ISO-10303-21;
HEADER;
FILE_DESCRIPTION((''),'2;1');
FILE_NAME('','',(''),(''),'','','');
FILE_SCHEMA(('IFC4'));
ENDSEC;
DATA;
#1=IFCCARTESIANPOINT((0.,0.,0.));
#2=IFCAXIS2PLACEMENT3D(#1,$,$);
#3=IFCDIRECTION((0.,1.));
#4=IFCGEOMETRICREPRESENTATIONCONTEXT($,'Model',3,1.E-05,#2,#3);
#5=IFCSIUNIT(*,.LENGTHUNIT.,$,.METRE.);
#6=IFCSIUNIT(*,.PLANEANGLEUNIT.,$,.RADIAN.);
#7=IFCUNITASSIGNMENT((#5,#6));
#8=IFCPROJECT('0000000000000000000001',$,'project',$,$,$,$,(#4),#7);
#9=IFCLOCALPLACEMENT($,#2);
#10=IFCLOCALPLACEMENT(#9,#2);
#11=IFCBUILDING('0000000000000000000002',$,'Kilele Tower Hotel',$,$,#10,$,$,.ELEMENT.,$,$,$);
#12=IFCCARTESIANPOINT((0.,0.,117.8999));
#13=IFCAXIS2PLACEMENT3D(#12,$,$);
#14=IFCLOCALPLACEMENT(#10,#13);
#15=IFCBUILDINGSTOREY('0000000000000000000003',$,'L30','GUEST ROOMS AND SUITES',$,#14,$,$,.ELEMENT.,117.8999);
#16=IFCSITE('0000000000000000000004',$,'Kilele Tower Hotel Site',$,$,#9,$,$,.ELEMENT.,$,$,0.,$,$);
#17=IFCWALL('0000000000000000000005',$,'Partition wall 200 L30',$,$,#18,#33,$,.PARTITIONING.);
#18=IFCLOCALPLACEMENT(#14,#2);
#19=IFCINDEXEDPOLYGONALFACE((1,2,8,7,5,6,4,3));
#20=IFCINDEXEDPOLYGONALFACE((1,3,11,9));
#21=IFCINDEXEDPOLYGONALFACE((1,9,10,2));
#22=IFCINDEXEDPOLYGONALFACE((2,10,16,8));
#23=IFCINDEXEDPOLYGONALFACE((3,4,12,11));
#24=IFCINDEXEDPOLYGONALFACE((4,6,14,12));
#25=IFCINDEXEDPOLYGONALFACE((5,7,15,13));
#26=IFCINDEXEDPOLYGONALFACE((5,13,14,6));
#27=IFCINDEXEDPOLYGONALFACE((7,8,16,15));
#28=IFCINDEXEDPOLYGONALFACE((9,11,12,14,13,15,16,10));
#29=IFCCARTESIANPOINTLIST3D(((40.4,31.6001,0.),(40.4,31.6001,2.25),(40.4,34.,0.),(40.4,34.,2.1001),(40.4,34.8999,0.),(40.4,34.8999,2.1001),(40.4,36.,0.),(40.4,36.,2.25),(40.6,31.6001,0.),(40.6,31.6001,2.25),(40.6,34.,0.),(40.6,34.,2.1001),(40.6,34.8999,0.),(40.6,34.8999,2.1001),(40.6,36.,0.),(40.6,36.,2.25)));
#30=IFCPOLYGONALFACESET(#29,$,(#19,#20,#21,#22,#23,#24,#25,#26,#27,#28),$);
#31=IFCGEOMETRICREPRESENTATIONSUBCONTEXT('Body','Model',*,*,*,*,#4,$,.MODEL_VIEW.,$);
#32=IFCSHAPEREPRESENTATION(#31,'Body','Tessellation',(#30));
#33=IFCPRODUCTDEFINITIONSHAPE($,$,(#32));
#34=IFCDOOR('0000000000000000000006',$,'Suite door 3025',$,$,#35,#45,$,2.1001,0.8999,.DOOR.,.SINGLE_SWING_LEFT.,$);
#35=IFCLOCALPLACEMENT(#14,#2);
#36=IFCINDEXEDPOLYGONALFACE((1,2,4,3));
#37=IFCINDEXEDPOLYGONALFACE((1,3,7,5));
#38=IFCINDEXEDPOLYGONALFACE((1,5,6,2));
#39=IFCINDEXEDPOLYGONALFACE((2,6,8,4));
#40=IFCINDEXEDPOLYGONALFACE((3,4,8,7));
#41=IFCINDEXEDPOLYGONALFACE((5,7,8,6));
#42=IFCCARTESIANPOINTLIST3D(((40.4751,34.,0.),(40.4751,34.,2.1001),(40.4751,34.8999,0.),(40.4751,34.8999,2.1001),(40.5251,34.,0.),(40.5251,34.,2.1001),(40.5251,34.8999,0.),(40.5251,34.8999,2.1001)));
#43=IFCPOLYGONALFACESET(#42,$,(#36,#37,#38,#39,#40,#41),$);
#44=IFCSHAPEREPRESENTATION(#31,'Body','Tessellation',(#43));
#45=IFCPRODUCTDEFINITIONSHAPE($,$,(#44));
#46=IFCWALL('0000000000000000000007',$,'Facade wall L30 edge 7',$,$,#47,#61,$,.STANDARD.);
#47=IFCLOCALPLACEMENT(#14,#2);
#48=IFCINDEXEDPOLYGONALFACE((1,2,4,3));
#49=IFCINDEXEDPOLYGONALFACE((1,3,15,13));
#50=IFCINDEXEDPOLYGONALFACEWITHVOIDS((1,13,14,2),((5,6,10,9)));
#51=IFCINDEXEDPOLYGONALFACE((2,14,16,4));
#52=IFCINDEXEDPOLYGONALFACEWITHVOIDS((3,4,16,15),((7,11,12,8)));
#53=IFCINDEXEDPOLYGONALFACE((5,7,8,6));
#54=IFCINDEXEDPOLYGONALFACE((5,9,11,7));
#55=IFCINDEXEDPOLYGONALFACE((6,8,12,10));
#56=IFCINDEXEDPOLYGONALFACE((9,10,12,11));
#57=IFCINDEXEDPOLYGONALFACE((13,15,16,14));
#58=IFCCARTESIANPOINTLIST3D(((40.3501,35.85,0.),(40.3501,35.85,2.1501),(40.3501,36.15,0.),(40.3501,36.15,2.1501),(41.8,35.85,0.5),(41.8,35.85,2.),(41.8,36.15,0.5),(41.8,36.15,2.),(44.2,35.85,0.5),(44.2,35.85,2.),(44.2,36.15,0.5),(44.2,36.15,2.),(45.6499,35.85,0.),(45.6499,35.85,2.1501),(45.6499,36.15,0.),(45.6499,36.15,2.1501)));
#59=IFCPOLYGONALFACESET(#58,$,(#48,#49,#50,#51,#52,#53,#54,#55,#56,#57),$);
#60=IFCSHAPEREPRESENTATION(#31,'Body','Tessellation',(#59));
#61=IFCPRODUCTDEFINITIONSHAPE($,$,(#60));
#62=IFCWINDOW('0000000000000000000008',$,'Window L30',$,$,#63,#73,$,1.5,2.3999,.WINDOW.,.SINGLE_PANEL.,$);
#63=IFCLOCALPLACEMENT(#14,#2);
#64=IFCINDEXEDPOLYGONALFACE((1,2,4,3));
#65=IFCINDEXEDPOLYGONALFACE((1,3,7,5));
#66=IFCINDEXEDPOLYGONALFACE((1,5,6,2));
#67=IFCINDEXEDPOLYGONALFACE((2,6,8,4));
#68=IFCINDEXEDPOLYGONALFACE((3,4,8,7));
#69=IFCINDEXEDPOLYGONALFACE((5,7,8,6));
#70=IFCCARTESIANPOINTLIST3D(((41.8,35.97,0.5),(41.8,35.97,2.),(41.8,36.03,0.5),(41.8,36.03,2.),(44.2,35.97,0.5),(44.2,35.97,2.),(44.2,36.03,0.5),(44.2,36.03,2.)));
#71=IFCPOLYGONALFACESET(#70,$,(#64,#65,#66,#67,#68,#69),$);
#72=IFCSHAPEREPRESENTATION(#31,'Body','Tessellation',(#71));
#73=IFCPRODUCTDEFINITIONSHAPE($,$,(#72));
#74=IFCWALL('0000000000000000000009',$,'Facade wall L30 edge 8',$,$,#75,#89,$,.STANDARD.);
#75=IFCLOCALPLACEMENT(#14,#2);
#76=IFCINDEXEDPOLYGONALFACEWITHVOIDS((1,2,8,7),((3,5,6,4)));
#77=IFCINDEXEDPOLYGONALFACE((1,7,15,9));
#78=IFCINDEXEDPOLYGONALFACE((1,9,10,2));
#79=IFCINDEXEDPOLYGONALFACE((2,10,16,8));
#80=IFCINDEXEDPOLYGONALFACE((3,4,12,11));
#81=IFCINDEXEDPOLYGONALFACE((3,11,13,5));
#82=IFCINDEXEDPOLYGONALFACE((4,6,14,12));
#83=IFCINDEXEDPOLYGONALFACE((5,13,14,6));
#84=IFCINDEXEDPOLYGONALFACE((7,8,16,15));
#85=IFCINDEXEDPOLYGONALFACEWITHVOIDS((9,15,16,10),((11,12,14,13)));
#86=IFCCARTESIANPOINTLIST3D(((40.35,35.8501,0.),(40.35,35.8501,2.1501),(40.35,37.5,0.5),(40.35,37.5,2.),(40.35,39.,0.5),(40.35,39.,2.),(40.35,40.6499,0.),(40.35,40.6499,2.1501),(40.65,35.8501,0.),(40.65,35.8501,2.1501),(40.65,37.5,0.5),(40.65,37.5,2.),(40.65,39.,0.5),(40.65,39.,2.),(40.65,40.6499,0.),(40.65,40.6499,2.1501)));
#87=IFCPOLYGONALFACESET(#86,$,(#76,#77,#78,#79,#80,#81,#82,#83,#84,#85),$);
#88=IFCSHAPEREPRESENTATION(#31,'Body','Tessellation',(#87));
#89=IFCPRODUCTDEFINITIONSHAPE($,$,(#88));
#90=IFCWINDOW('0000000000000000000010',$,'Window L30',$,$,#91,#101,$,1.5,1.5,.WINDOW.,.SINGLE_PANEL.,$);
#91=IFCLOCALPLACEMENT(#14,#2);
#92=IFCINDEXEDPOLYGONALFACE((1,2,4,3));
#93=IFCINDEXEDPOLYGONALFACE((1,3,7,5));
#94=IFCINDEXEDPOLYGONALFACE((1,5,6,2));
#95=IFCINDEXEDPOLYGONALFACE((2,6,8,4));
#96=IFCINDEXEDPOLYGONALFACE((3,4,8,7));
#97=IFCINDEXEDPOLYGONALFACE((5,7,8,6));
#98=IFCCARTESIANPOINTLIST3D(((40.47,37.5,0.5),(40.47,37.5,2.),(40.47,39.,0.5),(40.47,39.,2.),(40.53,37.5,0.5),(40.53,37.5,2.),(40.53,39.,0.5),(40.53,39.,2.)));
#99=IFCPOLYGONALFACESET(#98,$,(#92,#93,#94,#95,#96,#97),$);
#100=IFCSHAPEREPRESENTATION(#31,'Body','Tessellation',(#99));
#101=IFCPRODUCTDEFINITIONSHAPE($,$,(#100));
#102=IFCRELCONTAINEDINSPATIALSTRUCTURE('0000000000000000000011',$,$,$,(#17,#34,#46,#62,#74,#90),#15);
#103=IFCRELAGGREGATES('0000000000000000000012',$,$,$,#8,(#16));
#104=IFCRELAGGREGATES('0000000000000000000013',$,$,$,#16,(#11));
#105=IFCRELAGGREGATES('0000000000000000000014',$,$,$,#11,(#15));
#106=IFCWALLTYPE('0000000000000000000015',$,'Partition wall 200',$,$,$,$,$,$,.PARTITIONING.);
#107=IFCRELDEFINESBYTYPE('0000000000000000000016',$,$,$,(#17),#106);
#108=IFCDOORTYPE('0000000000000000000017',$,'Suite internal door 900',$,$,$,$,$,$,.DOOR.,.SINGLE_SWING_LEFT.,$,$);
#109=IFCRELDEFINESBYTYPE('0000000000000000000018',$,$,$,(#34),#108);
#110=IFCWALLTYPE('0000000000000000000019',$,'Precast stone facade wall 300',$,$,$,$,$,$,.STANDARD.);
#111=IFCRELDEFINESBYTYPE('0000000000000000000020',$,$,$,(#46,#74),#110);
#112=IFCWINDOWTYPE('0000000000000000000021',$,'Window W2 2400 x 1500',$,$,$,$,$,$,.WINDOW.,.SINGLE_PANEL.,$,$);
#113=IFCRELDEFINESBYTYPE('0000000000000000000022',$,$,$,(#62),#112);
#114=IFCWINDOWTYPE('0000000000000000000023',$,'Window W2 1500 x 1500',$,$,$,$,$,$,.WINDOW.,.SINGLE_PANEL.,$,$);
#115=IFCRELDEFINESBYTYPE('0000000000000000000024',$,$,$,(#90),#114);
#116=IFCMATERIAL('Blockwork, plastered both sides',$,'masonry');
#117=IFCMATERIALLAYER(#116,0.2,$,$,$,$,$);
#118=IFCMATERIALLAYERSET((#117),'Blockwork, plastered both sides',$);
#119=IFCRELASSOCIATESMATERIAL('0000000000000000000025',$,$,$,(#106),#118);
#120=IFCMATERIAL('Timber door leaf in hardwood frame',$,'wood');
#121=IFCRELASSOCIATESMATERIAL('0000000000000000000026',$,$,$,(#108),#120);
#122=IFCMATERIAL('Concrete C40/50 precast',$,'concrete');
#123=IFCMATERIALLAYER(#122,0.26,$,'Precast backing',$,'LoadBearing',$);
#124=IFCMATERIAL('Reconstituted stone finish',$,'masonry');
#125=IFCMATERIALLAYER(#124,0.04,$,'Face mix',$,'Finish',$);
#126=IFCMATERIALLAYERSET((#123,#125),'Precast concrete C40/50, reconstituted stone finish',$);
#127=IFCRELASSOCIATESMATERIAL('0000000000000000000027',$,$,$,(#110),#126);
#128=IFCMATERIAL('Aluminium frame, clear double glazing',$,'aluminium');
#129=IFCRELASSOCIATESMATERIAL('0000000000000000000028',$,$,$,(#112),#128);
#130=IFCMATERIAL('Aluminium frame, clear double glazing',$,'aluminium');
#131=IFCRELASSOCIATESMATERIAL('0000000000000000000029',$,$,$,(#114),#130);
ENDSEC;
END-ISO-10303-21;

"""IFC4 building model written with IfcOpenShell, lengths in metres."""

from ifc_helpers import new_model, si_unit, direction, frame, frame_2d, origin, place, context, subcontext, project, spatial, rectangle, extrude, material, layer, layer_set, type_object, element, fill, save


model = new_model("IFC4")

# Units and contexts
model_context = context("Model", 3, precision=1e-05, world=origin(), true_north=direction((0.0, 1.0)))
body_context = subcontext(model_context, "Body", "Model", "MODEL_VIEW")
ifc_project = project(units=[si_unit("LENGTHUNIT", "METRE"), si_unit("PLANEANGLEUNIT", "RADIAN")], contexts=[model_context])

# Site, building, storey
site_placement = place(None, origin())
site = spatial("IfcSite", under=ifc_project, at=site_placement, Name="Kilele Tower Hotel Site", CompositionType="ELEMENT", RefElevation=0.0)
building_placement = place(site_placement, origin())
building = spatial("IfcBuilding", under=site, at=building_placement, Name="Kilele Tower Hotel", CompositionType="ELEMENT")
storey_placement = place(building_placement, frame((0.0, 0.0, 117.8999)))
storey = spatial("IfcBuildingStorey", under=building, at=storey_placement, Name="L30", Description="GUEST ROOMS AND SUITES", CompositionType="ELEMENT", Elevation=117.8999)

# Wall, opening, door
ifc_material_1 = material(Name="Blockwork, plastered both sides", Category="masonry")
ifc_layer_1 = layer(ifc_material_1, 0.2)
ifc_layer_set_1 = layer_set([ifc_layer_1], Name="Blockwork, plastered both sides")
wall_type_1 = type_object("IfcWallType", Name="Partition wall 200", PredefinedType="PARTITIONING", material=ifc_layer_set_1)
wall_1_placement = place(storey_placement, frame((40.5, 31.6001, 0.0), z_axis=(0.0, 0.0, 1.0), x_axis=(0.0, 1.0, 0.0)))
wall_1 = element("IfcWall", 1, at=wall_1_placement, inside=storey, type_object=wall_type_1, Name="Partition wall 200 L30", PredefinedType="PARTITIONING", context=body_context, shape_type="SweptSolid", body=[
    extrude(rectangle(XDim=4.3999, YDim=0.2, at=frame_2d((2.2, 0.0))), origin(), (0.0, 0.0, 1.0), 2.25),
])
opening_1_placement = place(wall_1_placement, frame((2.3999, 0.0, 0.0)))
opening_1 = element("IfcOpeningElement", 2, at=opening_1_placement, cuts=wall_1, PredefinedType="OPENING", context=body_context, shape_type="SweptSolid", body=[
    extrude(rectangle(XDim=0.8999, YDim=2.1001, at=frame_2d((0.45, 1.05))), frame((0.0, 0.1099, 0.0), z_axis=(0.0, -1.0, 0.0), x_axis=(1.0, 0.0, 0.0)), (0.0, 0.0, 1.0), 0.22),
])
ifc_material_2 = material(Name="Timber door leaf in hardwood frame", Category="wood")
door_type_1 = type_object("IfcDoorType", Name="Suite internal door 900", OperationType="SINGLE_SWING_LEFT", PredefinedType="DOOR", material=ifc_material_2)
door_1_placement = place(opening_1_placement, origin())
door_1 = element("IfcDoor", 3, at=door_1_placement, inside=storey, type_object=door_type_1, Name="Suite door 3025", OperationType="SINGLE_SWING_LEFT", OverallHeight=2.1001, OverallWidth=0.8999, PredefinedType="DOOR", context=body_context, shape_type="SweptSolid", body=[
    extrude(rectangle(XDim=0.8999, YDim=2.1001, at=frame_2d((0.45, 1.05))), frame((0.0, 0.0249, 0.0), z_axis=(0.0, -1.0, 0.0), x_axis=(1.0, 0.0, 0.0)), (0.0, 0.0, 1.0), 0.05),
])
fill(opening_1, door_1)

# Walls, openings, windows
ifc_material_3 = material(Name="Concrete C40/50 precast", Category="concrete")
ifc_layer_2 = layer(ifc_material_3, 0.26, Name="Precast backing", Category="LoadBearing")
ifc_material_4 = material(Name="Reconstituted stone finish", Category="masonry")
ifc_layer_3 = layer(ifc_material_4, 0.04, Name="Face mix", Category="Finish")
ifc_layer_set_2 = layer_set([ifc_layer_2, ifc_layer_3], Name="Precast concrete C40/50, reconstituted stone finish")
wall_type_2 = type_object("IfcWallType", Name="Precast stone facade wall 300", PredefinedType="STANDARD", material=ifc_layer_set_2)
wall_2_placement = place(storey_placement, frame((45.6499, 36.0, 0.0), z_axis=(0.0, 0.0, 1.0), x_axis=(-1.0, 0.0, 0.0)))
wall_2 = element("IfcWall", 4, at=wall_2_placement, inside=storey, type_object=wall_type_2, Name="Facade wall L30 edge 7", PredefinedType="STANDARD", context=body_context, shape_type="SweptSolid", body=[
    extrude(rectangle(XDim=5.2998, YDim=0.3, at=frame_2d((2.6499, 0.0))), origin(), (0.0, 0.0, 1.0), 2.1501),
])
opening_2_placement = place(wall_2_placement, frame((1.45, 0.0, 0.5)))
opening_2 = element("IfcOpeningElement", 5, at=opening_2_placement, cuts=wall_2, PredefinedType="OPENING", context=body_context, shape_type="SweptSolid", body=[
    extrude(rectangle(XDim=2.3999, YDim=1.5, at=frame_2d((1.2, 0.75))), frame((0.0, 0.1599, 0.0), z_axis=(0.0, -1.0, 0.0), x_axis=(1.0, 0.0, 0.0)), (0.0, 0.0, 1.0), 0.3201),
])
ifc_material_5 = material(Name="Aluminium frame, clear double glazing", Category="aluminium")
window_type_1 = type_object("IfcWindowType", Name="Window W2 2400 x 1500", PartitioningType="SINGLE_PANEL", PredefinedType="WINDOW", material=ifc_material_5)
window_1_placement = place(opening_2_placement, origin())
window_1 = element("IfcWindow", 6, at=window_1_placement, inside=storey, type_object=window_type_1, Name="Window L30", OverallHeight=1.5, OverallWidth=2.3999, PartitioningType="SINGLE_PANEL", PredefinedType="WINDOW", context=body_context, shape_type="SweptSolid", body=[
    extrude(rectangle(XDim=2.3999, YDim=1.5, at=frame_2d((1.2, 0.75))), frame((0.0, 0.03, 0.0), z_axis=(0.0, -1.0, 0.0), x_axis=(1.0, 0.0, 0.0)), (0.0, 0.0, 1.0), 0.0601),
])
fill(opening_2, window_1)
wall_3_placement = place(storey_placement, frame((40.5, 35.8501, 0.0), z_axis=(0.0, 0.0, 1.0), x_axis=(0.0, 1.0, 0.0)))
wall_3 = element("IfcWall", 7, at=wall_3_placement, inside=storey, type_object=wall_type_2, Name="Facade wall L30 edge 8", PredefinedType="STANDARD", context=body_context, shape_type="SweptSolid", body=[
    extrude(rectangle(XDim=4.7998, YDim=0.3, at=frame_2d((2.3999, 0.0))), origin(), (0.0, 0.0, 1.0), 2.1501),
])
opening_3_placement = place(wall_3_placement, frame((1.6499, 0.0, 0.5)))
opening_3 = element("IfcOpeningElement", 8, at=opening_3_placement, cuts=wall_3, PredefinedType="OPENING", context=body_context, shape_type="SweptSolid", body=[
    extrude(rectangle(XDim=1.5, YDim=1.5, at=frame_2d((0.75, 0.75))), frame((0.0, 0.1599, 0.0), z_axis=(0.0, -1.0, 0.0), x_axis=(1.0, 0.0, 0.0)), (0.0, 0.0, 1.0), 0.3201),
])
ifc_material_6 = material(Name="Aluminium frame, clear double glazing", Category="aluminium")
window_type_2 = type_object("IfcWindowType", Name="Window W2 1500 x 1500", PartitioningType="SINGLE_PANEL", PredefinedType="WINDOW", material=ifc_material_6)
window_2_placement = place(opening_3_placement, origin())
window_2 = element("IfcWindow", 9, at=window_2_placement, inside=storey, type_object=window_type_2, Name="Window L30", OverallHeight=1.5, OverallWidth=1.5, PartitioningType="SINGLE_PANEL", PredefinedType="WINDOW", context=body_context, shape_type="SweptSolid", body=[
    extrude(rectangle(XDim=1.5, YDim=1.5, at=frame_2d((0.75, 0.75))), frame((0.0, 0.03, 0.0), z_axis=(0.0, -1.0, 0.0), x_axis=(1.0, 0.0, 0.0)), (0.0, 0.0, 1.0), 0.0601),
])
fill(opening_3, window_2)

save(model, "model.ifc")
